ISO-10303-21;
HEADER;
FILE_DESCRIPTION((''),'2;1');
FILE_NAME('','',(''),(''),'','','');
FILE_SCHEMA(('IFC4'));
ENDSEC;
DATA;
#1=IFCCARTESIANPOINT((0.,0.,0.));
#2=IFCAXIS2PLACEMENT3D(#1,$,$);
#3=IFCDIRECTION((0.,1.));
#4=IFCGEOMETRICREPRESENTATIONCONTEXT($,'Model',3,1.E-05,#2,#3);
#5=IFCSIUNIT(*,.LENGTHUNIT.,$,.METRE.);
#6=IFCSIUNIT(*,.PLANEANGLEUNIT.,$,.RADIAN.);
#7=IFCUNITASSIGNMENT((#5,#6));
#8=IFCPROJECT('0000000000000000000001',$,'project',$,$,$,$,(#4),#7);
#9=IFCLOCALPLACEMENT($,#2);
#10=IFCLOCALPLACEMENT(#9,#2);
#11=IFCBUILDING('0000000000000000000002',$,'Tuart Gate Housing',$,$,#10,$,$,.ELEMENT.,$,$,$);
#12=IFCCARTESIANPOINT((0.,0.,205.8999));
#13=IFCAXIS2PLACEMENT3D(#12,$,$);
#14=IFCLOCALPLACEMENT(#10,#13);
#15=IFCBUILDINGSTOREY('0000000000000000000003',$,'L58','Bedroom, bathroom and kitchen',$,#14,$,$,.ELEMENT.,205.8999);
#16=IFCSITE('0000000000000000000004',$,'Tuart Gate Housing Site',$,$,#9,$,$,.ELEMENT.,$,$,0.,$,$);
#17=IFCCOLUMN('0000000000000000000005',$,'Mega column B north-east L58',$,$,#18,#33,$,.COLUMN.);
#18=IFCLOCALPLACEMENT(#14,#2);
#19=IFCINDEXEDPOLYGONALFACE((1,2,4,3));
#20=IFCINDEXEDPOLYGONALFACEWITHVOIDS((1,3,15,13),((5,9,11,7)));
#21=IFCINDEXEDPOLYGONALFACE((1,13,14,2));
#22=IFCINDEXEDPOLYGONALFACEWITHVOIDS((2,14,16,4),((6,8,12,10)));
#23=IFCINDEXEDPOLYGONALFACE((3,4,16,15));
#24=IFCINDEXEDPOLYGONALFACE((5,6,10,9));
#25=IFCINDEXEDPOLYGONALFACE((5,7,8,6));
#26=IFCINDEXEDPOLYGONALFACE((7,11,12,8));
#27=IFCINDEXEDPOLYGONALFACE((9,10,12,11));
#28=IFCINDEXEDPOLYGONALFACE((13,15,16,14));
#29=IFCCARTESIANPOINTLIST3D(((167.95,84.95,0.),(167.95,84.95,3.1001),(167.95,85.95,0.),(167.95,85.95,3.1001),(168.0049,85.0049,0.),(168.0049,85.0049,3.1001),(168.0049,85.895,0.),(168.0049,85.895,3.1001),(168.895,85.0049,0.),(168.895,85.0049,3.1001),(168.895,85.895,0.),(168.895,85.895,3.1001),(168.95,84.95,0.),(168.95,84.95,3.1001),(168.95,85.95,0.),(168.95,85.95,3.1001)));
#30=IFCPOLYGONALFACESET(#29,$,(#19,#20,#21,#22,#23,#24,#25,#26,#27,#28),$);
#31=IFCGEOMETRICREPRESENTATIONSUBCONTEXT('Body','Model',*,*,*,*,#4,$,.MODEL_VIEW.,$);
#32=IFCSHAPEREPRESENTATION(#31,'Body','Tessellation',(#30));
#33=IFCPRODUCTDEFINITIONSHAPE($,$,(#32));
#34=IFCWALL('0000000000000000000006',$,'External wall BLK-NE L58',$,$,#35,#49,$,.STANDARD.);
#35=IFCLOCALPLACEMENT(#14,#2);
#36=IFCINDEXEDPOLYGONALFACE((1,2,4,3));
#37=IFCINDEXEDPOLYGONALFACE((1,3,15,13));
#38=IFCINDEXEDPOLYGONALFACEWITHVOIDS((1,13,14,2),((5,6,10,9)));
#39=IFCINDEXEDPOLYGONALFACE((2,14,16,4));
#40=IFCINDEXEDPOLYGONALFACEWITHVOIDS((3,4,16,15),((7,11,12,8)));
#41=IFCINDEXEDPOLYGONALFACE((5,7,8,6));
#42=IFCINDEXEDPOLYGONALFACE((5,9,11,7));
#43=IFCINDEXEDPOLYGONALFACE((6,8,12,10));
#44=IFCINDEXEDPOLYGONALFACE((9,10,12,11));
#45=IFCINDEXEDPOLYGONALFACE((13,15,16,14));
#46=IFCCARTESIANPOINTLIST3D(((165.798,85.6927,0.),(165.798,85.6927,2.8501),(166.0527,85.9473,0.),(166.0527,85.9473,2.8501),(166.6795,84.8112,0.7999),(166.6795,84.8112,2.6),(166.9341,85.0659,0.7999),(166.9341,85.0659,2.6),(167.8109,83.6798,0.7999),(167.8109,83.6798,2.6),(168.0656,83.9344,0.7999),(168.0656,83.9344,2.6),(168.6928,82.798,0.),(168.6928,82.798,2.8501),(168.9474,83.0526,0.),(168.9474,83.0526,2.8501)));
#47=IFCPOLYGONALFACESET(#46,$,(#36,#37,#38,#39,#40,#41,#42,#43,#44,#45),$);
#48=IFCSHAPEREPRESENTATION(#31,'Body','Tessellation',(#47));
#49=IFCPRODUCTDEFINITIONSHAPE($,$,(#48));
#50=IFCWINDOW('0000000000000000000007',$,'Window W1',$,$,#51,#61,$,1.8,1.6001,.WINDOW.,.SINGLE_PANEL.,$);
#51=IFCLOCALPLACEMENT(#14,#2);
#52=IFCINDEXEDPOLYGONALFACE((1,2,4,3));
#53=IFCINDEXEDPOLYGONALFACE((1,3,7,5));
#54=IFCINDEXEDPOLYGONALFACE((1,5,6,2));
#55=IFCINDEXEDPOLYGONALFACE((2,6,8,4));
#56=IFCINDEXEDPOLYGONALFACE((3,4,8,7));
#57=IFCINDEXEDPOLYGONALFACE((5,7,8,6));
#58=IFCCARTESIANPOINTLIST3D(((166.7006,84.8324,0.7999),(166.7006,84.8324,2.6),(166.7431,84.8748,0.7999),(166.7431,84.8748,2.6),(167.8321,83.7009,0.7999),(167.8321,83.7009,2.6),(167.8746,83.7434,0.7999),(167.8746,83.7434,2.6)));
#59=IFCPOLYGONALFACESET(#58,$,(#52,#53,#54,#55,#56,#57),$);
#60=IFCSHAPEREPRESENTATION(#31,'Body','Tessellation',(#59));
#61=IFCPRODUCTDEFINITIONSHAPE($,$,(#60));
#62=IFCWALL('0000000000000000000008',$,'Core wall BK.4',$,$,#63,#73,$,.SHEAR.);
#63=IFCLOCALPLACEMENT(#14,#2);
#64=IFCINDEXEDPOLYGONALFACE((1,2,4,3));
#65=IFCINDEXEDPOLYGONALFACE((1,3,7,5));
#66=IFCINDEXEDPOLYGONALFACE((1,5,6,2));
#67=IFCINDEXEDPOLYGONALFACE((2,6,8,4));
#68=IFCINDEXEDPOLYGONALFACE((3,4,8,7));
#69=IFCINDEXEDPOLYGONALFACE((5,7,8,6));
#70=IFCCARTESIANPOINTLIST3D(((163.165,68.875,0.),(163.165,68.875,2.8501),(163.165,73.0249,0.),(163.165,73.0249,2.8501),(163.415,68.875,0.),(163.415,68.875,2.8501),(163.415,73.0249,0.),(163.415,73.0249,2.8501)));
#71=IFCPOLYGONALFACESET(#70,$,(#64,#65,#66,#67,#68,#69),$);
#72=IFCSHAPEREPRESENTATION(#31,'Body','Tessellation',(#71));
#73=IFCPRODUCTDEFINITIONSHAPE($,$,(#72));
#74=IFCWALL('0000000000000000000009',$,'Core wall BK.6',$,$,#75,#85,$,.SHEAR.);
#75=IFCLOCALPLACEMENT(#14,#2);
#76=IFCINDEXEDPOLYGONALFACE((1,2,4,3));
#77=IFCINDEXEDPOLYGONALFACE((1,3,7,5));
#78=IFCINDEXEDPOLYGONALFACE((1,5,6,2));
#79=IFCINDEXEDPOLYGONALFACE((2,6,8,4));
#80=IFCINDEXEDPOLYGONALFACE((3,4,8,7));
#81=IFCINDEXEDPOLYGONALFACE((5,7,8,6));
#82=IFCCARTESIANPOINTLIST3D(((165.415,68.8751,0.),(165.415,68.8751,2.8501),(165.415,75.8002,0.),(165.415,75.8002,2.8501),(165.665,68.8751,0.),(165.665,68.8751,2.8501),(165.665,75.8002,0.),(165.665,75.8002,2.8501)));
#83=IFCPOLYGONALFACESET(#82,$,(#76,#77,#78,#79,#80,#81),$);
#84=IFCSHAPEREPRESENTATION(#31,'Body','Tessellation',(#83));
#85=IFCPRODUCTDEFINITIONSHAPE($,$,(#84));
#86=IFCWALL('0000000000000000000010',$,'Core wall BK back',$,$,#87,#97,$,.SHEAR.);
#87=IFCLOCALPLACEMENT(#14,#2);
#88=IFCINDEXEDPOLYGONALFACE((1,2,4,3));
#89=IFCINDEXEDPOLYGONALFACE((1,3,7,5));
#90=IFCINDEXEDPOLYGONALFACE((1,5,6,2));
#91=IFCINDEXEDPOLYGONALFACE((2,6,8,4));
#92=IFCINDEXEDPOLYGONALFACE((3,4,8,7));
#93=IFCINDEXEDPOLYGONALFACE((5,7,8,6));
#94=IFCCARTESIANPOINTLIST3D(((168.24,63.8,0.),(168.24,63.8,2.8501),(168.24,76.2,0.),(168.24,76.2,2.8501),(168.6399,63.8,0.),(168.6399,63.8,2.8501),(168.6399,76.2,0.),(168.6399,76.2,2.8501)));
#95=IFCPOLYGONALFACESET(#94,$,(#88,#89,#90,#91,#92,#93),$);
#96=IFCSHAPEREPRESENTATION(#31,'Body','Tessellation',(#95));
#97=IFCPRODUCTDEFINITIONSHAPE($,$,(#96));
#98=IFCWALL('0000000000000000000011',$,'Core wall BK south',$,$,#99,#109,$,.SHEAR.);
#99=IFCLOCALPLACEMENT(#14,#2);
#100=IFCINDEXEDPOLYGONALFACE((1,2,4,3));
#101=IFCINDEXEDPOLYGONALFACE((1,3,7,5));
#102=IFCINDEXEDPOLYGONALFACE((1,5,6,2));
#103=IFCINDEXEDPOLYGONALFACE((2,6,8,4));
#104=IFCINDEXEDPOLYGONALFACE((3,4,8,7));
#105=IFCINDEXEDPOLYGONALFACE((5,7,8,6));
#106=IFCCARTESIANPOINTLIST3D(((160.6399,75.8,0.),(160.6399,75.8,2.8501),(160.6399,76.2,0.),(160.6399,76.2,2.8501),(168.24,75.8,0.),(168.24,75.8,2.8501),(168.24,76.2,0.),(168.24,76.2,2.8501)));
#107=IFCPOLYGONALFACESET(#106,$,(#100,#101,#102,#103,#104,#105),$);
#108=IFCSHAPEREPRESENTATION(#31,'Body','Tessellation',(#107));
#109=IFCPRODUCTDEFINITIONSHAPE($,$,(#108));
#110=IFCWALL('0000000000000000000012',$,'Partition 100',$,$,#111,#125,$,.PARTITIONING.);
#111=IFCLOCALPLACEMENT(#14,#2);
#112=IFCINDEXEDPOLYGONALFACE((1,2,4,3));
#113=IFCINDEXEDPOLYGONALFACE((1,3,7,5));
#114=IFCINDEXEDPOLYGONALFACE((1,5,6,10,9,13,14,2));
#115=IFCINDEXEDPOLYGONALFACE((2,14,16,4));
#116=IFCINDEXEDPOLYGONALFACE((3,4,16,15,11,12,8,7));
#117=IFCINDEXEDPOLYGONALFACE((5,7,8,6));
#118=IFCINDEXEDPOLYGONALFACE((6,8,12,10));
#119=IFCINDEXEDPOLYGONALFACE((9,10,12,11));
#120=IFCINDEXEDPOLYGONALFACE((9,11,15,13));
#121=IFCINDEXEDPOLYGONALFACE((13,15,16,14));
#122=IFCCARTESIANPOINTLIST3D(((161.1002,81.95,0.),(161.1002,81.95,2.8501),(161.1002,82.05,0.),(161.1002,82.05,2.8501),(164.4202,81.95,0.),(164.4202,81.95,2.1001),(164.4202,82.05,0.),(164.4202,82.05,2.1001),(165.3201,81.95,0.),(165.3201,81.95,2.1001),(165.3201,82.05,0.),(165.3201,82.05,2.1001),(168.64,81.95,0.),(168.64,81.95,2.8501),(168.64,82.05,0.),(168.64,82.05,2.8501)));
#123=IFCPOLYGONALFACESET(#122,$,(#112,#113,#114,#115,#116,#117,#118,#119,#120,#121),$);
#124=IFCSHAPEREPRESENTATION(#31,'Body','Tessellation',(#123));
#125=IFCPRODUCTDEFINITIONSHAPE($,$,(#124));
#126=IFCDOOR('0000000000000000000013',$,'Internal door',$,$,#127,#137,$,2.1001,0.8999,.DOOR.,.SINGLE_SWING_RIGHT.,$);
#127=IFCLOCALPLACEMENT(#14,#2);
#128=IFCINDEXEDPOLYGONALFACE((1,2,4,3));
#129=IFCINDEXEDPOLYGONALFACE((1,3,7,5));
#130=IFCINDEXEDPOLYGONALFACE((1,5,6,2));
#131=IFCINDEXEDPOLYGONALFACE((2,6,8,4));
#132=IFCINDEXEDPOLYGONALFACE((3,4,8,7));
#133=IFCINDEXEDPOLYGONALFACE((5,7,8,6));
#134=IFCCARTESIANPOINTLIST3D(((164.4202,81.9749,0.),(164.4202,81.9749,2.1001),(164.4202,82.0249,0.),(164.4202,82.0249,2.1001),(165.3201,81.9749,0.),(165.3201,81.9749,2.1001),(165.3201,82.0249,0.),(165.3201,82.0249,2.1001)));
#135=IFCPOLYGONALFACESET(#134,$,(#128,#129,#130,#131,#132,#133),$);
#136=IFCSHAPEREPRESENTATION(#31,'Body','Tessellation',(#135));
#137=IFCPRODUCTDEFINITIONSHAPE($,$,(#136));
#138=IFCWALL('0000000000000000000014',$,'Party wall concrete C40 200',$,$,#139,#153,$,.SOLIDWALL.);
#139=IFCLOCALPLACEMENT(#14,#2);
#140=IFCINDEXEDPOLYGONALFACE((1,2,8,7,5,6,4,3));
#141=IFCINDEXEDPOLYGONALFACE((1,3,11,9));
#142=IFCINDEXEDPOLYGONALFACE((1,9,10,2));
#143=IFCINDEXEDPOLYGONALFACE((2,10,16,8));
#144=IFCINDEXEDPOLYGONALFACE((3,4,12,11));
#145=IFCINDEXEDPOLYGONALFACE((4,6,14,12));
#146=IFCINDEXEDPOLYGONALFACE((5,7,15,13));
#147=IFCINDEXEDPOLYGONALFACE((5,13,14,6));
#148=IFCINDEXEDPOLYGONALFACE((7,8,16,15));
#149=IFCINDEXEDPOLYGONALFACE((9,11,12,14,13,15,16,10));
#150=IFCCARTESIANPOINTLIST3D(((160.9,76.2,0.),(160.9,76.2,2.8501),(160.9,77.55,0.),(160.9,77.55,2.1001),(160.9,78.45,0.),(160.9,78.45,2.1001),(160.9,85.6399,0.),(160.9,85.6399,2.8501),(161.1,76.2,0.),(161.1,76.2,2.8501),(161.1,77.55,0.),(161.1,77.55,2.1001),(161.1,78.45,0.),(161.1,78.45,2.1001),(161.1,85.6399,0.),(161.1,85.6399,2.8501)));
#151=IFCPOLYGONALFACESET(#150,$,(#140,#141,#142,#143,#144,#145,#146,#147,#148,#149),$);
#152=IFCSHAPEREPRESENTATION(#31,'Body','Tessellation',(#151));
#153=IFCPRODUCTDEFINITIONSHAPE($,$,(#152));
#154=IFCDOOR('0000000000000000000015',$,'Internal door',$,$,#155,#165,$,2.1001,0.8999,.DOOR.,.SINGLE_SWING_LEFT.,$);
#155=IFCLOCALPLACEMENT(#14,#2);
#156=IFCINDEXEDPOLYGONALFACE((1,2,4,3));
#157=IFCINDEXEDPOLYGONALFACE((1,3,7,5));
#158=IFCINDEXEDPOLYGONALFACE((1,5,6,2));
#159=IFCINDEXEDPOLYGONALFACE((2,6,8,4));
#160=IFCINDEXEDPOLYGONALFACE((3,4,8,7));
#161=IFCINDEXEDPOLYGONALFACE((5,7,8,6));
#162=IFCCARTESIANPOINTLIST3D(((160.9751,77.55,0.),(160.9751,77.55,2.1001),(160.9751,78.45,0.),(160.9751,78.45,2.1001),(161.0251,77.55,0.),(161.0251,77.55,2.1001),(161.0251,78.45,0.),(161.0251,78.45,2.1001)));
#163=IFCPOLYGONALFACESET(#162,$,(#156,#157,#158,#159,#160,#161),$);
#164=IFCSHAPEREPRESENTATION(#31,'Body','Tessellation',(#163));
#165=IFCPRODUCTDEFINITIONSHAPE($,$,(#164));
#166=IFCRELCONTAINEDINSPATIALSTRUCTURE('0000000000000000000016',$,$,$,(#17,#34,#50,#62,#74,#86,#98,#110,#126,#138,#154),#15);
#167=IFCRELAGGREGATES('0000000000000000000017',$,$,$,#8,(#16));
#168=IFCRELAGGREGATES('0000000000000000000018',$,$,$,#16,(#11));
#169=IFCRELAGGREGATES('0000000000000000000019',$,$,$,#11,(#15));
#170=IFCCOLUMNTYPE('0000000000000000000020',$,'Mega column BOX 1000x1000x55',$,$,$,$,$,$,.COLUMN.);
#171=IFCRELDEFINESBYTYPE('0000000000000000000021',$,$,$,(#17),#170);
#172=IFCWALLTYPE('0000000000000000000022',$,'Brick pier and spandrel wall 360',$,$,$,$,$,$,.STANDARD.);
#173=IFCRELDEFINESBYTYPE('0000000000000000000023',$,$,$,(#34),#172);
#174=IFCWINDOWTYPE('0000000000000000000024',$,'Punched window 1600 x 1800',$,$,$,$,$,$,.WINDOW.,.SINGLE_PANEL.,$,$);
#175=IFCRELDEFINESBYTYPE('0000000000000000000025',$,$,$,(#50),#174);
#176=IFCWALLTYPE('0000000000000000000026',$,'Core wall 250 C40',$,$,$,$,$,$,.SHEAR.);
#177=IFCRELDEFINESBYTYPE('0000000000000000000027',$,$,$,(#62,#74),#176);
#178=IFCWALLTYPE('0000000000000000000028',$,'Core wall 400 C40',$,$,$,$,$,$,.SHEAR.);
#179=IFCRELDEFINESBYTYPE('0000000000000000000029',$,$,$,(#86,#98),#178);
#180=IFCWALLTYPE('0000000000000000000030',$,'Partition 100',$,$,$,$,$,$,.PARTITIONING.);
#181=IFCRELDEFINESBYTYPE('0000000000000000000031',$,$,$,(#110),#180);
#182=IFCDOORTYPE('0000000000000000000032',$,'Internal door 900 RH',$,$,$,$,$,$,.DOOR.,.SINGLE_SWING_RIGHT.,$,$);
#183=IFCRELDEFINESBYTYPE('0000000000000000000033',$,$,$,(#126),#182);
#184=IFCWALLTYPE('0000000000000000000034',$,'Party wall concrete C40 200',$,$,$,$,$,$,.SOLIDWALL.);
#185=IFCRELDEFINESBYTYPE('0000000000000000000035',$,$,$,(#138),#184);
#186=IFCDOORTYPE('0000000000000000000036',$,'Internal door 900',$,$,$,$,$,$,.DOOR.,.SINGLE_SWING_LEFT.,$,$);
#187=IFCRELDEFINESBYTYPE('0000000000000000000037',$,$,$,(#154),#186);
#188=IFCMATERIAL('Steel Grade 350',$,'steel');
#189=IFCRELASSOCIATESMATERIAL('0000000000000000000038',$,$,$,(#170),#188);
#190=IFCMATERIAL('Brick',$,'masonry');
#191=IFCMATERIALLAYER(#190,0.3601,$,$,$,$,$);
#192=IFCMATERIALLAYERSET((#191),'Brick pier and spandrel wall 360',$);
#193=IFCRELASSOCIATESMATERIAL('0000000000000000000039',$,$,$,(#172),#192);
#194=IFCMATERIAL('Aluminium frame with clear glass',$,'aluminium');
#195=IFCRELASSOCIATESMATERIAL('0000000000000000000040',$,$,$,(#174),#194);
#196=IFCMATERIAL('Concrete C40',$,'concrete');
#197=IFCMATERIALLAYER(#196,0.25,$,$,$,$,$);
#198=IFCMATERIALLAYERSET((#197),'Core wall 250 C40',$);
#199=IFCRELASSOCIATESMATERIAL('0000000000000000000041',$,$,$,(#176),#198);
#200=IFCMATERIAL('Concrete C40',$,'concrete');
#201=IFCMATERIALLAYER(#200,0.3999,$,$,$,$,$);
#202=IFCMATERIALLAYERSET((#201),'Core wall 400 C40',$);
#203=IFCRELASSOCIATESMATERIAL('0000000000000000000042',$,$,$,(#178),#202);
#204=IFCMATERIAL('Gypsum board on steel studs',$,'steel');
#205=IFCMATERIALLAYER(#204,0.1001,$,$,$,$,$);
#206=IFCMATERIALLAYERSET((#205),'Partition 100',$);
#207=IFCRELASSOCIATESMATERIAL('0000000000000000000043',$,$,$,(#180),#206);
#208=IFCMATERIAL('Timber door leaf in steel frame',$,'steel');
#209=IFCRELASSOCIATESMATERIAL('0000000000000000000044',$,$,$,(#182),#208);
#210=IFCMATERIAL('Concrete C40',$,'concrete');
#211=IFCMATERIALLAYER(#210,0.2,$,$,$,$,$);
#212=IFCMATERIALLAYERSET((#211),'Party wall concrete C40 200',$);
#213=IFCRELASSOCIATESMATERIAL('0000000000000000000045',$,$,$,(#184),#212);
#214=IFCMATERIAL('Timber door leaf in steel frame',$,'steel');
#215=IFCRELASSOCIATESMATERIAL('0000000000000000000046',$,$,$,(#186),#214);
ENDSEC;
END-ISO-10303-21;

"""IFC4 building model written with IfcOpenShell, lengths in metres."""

from ifc_helpers import new_model, si_unit, direction, frame, frame_2d, origin, origin_2d, place, context, subcontext, project, spatial, rectangle, hollow_rectangle, extrude, material, layer, layer_set, material_profile, profile_set, type_object, element, fill, save


model = new_model("IFC4")

# Units and contexts
model_context = context("Model", 3, precision=1e-05, world=origin(), true_north=direction((0.0, 1.0)))
body_context = subcontext(model_context, "Body", "Model", "MODEL_VIEW")
ifc_project = project(units=[si_unit("LENGTHUNIT", "METRE"), si_unit("PLANEANGLEUNIT", "RADIAN")], contexts=[model_context])

# Site, building, storey
site_placement = place(None, origin())
site = spatial("IfcSite", under=ifc_project, at=site_placement, Name="Tuart Gate Housing Site", CompositionType="ELEMENT", RefElevation=0.0)
building_placement = place(site_placement, origin())
building = spatial("IfcBuilding", under=site, at=building_placement, Name="Tuart Gate Housing", CompositionType="ELEMENT")
storey_placement = place(building_placement, frame((0.0, 0.0, 205.8999)))
storey = spatial("IfcBuildingStorey", under=building, at=storey_placement, Name="L58", Description="Bedroom, bathroom and kitchen", CompositionType="ELEMENT", Elevation=205.8999)

# Column
ifc_material_1 = material(Name="Steel Grade 350", Category="steel")
ifc_material_profile = material_profile(ifc_material_1, hollow_rectangle(XDim=1.0, YDim=1.0, WallThickness=0.0549, at=origin_2d()), Name="BOX 1000x1000x55")
ifc_profile_set = profile_set([ifc_material_profile], Name="Steel Grade 350")
column_type = type_object("IfcColumnType", Name="Mega column BOX 1000x1000x55", PredefinedType="COLUMN", material=ifc_profile_set)
column_placement = place(storey_placement, frame((168.45, 85.45, 0.0), z_axis=(0.0, 0.0, 1.0), x_axis=(1.0, 0.0, 0.0)))
element("IfcColumn", 1, at=column_placement, inside=storey, type_object=column_type, Name="Mega column B north-east L58", PredefinedType="COLUMN", context=body_context, shape_type="SweptSolid", body=[
    extrude(hollow_rectangle(XDim=1.0, YDim=1.0, WallThickness=0.0549, at=origin_2d()), origin(), (0.0, 0.0, 1.0), 3.1001),
])

# Wall, opening, window
ifc_material_2 = material(Name="Brick", Category="masonry")
ifc_layer_1 = layer(ifc_material_2, 0.3601)
ifc_layer_set_1 = layer_set([ifc_layer_1], Name="Brick pier and spandrel wall 360")
wall_type_1 = type_object("IfcWallType", Name="Brick pier and spandrel wall 360", PredefinedType="STANDARD", material=ifc_layer_set_1)
wall_1_placement = place(storey_placement, frame((168.8201, 82.9253, 0.0), z_axis=(0.0, 0.0, 1.0), x_axis=(-0.707107, 0.707107, 0.0)))
wall_1 = element("IfcWall", 2, at=wall_1_placement, inside=storey, type_object=wall_type_1, Name="External wall BLK-NE L58", PredefinedType="STANDARD", context=body_context, shape_type="SweptSolid", body=[
    extrude(rectangle(XDim=4.0938, YDim=0.3601, at=frame_2d((2.0469, 0.0))), origin(), (0.0, 0.0, 1.0), 2.8501),
])
opening_1_placement = place(wall_1_placement, frame((1.2471, 0.0, 0.8)))
opening_1 = element("IfcOpeningElement", 3, at=opening_1_placement, cuts=wall_1, PredefinedType="OPENING", context=body_context, shape_type="SweptSolid", body=[
    extrude(rectangle(XDim=1.6001, YDim=1.8, at=frame_2d((0.8, 0.8999))), frame((0.0, 0.1899, 0.0), z_axis=(0.0, -1.0, 0.0), x_axis=(1.0, 0.0, 0.0)), (0.0, 0.0, 1.0), 0.3801),
])
ifc_material_3 = material(Name="Aluminium frame with clear glass", Category="aluminium")
window_type_1 = type_object("IfcWindowType", Name="Punched window 1600 x 1800", PartitioningType="SINGLE_PANEL", PredefinedType="WINDOW", material=ifc_material_3)
window_1_placement = place(opening_1_placement, origin())
window_1 = element("IfcWindow", 4, at=window_1_placement, inside=storey, type_object=window_type_1, Name="Window W1", OverallHeight=1.8, OverallWidth=1.6001, PartitioningType="SINGLE_PANEL", PredefinedType="WINDOW", context=body_context, shape_type="SweptSolid", body=[
    extrude(rectangle(XDim=1.6001, YDim=1.8, at=frame_2d((0.8, 0.8999))), frame((0.0, 0.1501, 0.0), z_axis=(0.0, -1.0, 0.0), x_axis=(1.0, 0.0, 0.0)), (0.0, 0.0, 1.0), 0.0601),
])
fill(opening_1, window_1)

# Walls
ifc_material_4 = material(Name="Concrete C40", Category="concrete")
ifc_layer_2 = layer(ifc_material_4, 0.25)
ifc_layer_set_2 = layer_set([ifc_layer_2], Name="Core wall 250 C40")
wall_type_2 = type_object("IfcWallType", Name="Core wall 250 C40", PredefinedType="SHEAR", material=ifc_layer_set_2)
wall_2_placement = place(storey_placement, frame((163.29, 73.0249, 0.0), z_axis=(0.0, 0.0, 1.0), x_axis=(0.0, -1.0, 0.0)))
element("IfcWall", 5, at=wall_2_placement, inside=storey, type_object=wall_type_2, Name="Core wall BK.4", PredefinedType="SHEAR", context=body_context, shape_type="SweptSolid", body=[
    extrude(rectangle(XDim=4.1499, YDim=0.25, at=frame_2d((2.075, 0.0))), origin(), (0.0, 0.0, 1.0), 2.8501),
])
wall_3_placement = place(storey_placement, frame((165.54, 75.8, 0.0), z_axis=(0.0, 0.0, 1.0), x_axis=(0.0, -1.0, 0.0)))
element("IfcWall", 6, at=wall_3_placement, inside=storey, type_object=wall_type_2, Name="Core wall BK.6", PredefinedType="SHEAR", context=body_context, shape_type="SweptSolid", body=[
    extrude(rectangle(XDim=6.925, YDim=0.25, at=frame_2d((3.4624, 0.0))), origin(), (0.0, 0.0, 1.0), 2.8501),
])
ifc_material_5 = material(Name="Concrete C40", Category="concrete")
ifc_layer_3 = layer(ifc_material_5, 0.3999)
ifc_layer_set_3 = layer_set([ifc_layer_3], Name="Core wall 400 C40")
wall_type_3 = type_object("IfcWallType", Name="Core wall 400 C40", PredefinedType="SHEAR", material=ifc_layer_set_3)
wall_4_placement = place(storey_placement, frame((168.4399, 76.2, 0.0), z_axis=(0.0, 0.0, 1.0), x_axis=(0.0, -1.0, 0.0)))
element("IfcWall", 7, at=wall_4_placement, inside=storey, type_object=wall_type_3, Name="Core wall BK back", PredefinedType="SHEAR", context=body_context, shape_type="SweptSolid", body=[
    extrude(rectangle(XDim=12.3999, YDim=0.3999, at=frame_2d((6.2, 0.0))), origin(), (0.0, 0.0, 1.0), 2.8501),
])
wall_5_placement = place(storey_placement, frame((160.6399, 76.0, 0.0), z_axis=(0.0, 0.0, 1.0), x_axis=(1.0, 0.0, 0.0)))
element("IfcWall", 8, at=wall_5_placement, inside=storey, type_object=wall_type_3, Name="Core wall BK south", PredefinedType="SHEAR", context=body_context, shape_type="SweptSolid", body=[
    extrude(rectangle(XDim=7.6001, YDim=0.3999, at=frame_2d((3.8, 0.0))), origin(), (0.0, 0.0, 1.0), 2.8501),
])

# Walls, openings, doors
ifc_material_6 = material(Name="Gypsum board on steel studs", Category="steel")
ifc_layer_4 = layer(ifc_material_6, 0.1001)
ifc_layer_set_4 = layer_set([ifc_layer_4], Name="Partition 100")
wall_type_4 = type_object("IfcWallType", Name="Partition 100", PredefinedType="PARTITIONING", material=ifc_layer_set_4)
wall_6_placement = place(storey_placement, frame((161.1001, 82.0, 0.0), z_axis=(0.0, 0.0, 1.0), x_axis=(1.0, 0.0, 0.0)))
wall_6 = element("IfcWall", 9, at=wall_6_placement, inside=storey, type_object=wall_type_4, Name="Partition 100", PredefinedType="PARTITIONING", context=body_context, shape_type="SweptSolid", body=[
    extrude(rectangle(XDim=7.5398, YDim=0.1001, at=frame_2d((3.77, 0.0))), origin(), (0.0, 0.0, 1.0), 2.8501),
])
opening_2_placement = place(wall_6_placement, frame((3.3201, 0.0, 0.0)))
opening_2 = element("IfcOpeningElement", 10, at=opening_2_placement, cuts=wall_6, PredefinedType="OPENING", context=body_context, shape_type="SweptSolid", body=[
    extrude(rectangle(XDim=0.8999, YDim=2.1001, at=frame_2d((0.45, 1.05))), frame((0.0, 0.0601, 0.0), z_axis=(0.0, -1.0, 0.0), x_axis=(1.0, 0.0, 0.0)), (0.0, 0.0, 1.0), 0.1201),
])
ifc_material_7 = material(Name="Timber door leaf in steel frame", Category="steel")
door_type_1 = type_object("IfcDoorType", Name="Internal door 900 RH", OperationType="SINGLE_SWING_RIGHT", PredefinedType="DOOR", material=ifc_material_7)
door_1_placement = place(opening_2_placement, origin())
door_1 = element("IfcDoor", 11, at=door_1_placement, inside=storey, type_object=door_type_1, Name="Internal door", OperationType="SINGLE_SWING_RIGHT", OverallHeight=2.1001, OverallWidth=0.8999, PredefinedType="DOOR", context=body_context, shape_type="SweptSolid", body=[
    extrude(rectangle(XDim=0.8999, YDim=2.1001, at=frame_2d((0.45, 1.05))), frame((0.0, 0.0249, 0.0), z_axis=(0.0, -1.0, 0.0), x_axis=(1.0, 0.0, 0.0)), (0.0, 0.0, 1.0), 0.05),
])
fill(opening_2, door_1)
ifc_material_8 = material(Name="Concrete C40", Category="concrete")
ifc_layer_5 = layer(ifc_material_8, 0.2)
ifc_layer_set_5 = layer_set([ifc_layer_5], Name="Party wall concrete C40 200")
wall_type_5 = type_object("IfcWallType", Name="Party wall concrete C40 200", PredefinedType="SOLIDWALL", material=ifc_layer_set_5)
wall_7_placement = place(storey_placement, frame((161.0, 76.2, 0.0), z_axis=(0.0, 0.0, 1.0), x_axis=(0.0, 1.0, 0.0)))
wall_7 = element("IfcWall", 12, at=wall_7_placement, inside=storey, type_object=wall_type_5, Name="Party wall concrete C40 200", PredefinedType="SOLIDWALL", context=body_context, shape_type="SweptSolid", body=[
    extrude(rectangle(XDim=9.4399, YDim=0.2, at=frame_2d((4.72, 0.0))), origin(), (0.0, 0.0, 1.0), 2.8501),
])
opening_3_placement = place(wall_7_placement, frame((1.3501, 0.0, 0.0)))
opening_3 = element("IfcOpeningElement", 13, at=opening_3_placement, cuts=wall_7, PredefinedType="OPENING", context=body_context, shape_type="SweptSolid", body=[
    extrude(rectangle(XDim=0.8999, YDim=2.1001, at=frame_2d((0.45, 1.05))), frame((0.0, 0.1099, 0.0), z_axis=(0.0, -1.0, 0.0), x_axis=(1.0, 0.0, 0.0)), (0.0, 0.0, 1.0), 0.22),
])
ifc_material_9 = material(Name="Timber door leaf in steel frame", Category="steel")
door_type_2 = type_object("IfcDoorType", Name="Internal door 900", OperationType="SINGLE_SWING_LEFT", PredefinedType="DOOR", material=ifc_material_9)
door_2_placement = place(opening_3_placement, origin())
door_2 = element("IfcDoor", 14, at=door_2_placement, inside=storey, type_object=door_type_2, Name="Internal door", OperationType="SINGLE_SWING_LEFT", OverallHeight=2.1001, OverallWidth=0.8999, PredefinedType="DOOR", context=body_context, shape_type="SweptSolid", body=[
    extrude(rectangle(XDim=0.8999, YDim=2.1001, at=frame_2d((0.45, 1.05))), frame((0.0, 0.0249, 0.0), z_axis=(0.0, -1.0, 0.0), x_axis=(1.0, 0.0, 0.0)), (0.0, 0.0, 1.0), 0.05),
])
fill(opening_3, door_2)

save(model, "model.ifc")
